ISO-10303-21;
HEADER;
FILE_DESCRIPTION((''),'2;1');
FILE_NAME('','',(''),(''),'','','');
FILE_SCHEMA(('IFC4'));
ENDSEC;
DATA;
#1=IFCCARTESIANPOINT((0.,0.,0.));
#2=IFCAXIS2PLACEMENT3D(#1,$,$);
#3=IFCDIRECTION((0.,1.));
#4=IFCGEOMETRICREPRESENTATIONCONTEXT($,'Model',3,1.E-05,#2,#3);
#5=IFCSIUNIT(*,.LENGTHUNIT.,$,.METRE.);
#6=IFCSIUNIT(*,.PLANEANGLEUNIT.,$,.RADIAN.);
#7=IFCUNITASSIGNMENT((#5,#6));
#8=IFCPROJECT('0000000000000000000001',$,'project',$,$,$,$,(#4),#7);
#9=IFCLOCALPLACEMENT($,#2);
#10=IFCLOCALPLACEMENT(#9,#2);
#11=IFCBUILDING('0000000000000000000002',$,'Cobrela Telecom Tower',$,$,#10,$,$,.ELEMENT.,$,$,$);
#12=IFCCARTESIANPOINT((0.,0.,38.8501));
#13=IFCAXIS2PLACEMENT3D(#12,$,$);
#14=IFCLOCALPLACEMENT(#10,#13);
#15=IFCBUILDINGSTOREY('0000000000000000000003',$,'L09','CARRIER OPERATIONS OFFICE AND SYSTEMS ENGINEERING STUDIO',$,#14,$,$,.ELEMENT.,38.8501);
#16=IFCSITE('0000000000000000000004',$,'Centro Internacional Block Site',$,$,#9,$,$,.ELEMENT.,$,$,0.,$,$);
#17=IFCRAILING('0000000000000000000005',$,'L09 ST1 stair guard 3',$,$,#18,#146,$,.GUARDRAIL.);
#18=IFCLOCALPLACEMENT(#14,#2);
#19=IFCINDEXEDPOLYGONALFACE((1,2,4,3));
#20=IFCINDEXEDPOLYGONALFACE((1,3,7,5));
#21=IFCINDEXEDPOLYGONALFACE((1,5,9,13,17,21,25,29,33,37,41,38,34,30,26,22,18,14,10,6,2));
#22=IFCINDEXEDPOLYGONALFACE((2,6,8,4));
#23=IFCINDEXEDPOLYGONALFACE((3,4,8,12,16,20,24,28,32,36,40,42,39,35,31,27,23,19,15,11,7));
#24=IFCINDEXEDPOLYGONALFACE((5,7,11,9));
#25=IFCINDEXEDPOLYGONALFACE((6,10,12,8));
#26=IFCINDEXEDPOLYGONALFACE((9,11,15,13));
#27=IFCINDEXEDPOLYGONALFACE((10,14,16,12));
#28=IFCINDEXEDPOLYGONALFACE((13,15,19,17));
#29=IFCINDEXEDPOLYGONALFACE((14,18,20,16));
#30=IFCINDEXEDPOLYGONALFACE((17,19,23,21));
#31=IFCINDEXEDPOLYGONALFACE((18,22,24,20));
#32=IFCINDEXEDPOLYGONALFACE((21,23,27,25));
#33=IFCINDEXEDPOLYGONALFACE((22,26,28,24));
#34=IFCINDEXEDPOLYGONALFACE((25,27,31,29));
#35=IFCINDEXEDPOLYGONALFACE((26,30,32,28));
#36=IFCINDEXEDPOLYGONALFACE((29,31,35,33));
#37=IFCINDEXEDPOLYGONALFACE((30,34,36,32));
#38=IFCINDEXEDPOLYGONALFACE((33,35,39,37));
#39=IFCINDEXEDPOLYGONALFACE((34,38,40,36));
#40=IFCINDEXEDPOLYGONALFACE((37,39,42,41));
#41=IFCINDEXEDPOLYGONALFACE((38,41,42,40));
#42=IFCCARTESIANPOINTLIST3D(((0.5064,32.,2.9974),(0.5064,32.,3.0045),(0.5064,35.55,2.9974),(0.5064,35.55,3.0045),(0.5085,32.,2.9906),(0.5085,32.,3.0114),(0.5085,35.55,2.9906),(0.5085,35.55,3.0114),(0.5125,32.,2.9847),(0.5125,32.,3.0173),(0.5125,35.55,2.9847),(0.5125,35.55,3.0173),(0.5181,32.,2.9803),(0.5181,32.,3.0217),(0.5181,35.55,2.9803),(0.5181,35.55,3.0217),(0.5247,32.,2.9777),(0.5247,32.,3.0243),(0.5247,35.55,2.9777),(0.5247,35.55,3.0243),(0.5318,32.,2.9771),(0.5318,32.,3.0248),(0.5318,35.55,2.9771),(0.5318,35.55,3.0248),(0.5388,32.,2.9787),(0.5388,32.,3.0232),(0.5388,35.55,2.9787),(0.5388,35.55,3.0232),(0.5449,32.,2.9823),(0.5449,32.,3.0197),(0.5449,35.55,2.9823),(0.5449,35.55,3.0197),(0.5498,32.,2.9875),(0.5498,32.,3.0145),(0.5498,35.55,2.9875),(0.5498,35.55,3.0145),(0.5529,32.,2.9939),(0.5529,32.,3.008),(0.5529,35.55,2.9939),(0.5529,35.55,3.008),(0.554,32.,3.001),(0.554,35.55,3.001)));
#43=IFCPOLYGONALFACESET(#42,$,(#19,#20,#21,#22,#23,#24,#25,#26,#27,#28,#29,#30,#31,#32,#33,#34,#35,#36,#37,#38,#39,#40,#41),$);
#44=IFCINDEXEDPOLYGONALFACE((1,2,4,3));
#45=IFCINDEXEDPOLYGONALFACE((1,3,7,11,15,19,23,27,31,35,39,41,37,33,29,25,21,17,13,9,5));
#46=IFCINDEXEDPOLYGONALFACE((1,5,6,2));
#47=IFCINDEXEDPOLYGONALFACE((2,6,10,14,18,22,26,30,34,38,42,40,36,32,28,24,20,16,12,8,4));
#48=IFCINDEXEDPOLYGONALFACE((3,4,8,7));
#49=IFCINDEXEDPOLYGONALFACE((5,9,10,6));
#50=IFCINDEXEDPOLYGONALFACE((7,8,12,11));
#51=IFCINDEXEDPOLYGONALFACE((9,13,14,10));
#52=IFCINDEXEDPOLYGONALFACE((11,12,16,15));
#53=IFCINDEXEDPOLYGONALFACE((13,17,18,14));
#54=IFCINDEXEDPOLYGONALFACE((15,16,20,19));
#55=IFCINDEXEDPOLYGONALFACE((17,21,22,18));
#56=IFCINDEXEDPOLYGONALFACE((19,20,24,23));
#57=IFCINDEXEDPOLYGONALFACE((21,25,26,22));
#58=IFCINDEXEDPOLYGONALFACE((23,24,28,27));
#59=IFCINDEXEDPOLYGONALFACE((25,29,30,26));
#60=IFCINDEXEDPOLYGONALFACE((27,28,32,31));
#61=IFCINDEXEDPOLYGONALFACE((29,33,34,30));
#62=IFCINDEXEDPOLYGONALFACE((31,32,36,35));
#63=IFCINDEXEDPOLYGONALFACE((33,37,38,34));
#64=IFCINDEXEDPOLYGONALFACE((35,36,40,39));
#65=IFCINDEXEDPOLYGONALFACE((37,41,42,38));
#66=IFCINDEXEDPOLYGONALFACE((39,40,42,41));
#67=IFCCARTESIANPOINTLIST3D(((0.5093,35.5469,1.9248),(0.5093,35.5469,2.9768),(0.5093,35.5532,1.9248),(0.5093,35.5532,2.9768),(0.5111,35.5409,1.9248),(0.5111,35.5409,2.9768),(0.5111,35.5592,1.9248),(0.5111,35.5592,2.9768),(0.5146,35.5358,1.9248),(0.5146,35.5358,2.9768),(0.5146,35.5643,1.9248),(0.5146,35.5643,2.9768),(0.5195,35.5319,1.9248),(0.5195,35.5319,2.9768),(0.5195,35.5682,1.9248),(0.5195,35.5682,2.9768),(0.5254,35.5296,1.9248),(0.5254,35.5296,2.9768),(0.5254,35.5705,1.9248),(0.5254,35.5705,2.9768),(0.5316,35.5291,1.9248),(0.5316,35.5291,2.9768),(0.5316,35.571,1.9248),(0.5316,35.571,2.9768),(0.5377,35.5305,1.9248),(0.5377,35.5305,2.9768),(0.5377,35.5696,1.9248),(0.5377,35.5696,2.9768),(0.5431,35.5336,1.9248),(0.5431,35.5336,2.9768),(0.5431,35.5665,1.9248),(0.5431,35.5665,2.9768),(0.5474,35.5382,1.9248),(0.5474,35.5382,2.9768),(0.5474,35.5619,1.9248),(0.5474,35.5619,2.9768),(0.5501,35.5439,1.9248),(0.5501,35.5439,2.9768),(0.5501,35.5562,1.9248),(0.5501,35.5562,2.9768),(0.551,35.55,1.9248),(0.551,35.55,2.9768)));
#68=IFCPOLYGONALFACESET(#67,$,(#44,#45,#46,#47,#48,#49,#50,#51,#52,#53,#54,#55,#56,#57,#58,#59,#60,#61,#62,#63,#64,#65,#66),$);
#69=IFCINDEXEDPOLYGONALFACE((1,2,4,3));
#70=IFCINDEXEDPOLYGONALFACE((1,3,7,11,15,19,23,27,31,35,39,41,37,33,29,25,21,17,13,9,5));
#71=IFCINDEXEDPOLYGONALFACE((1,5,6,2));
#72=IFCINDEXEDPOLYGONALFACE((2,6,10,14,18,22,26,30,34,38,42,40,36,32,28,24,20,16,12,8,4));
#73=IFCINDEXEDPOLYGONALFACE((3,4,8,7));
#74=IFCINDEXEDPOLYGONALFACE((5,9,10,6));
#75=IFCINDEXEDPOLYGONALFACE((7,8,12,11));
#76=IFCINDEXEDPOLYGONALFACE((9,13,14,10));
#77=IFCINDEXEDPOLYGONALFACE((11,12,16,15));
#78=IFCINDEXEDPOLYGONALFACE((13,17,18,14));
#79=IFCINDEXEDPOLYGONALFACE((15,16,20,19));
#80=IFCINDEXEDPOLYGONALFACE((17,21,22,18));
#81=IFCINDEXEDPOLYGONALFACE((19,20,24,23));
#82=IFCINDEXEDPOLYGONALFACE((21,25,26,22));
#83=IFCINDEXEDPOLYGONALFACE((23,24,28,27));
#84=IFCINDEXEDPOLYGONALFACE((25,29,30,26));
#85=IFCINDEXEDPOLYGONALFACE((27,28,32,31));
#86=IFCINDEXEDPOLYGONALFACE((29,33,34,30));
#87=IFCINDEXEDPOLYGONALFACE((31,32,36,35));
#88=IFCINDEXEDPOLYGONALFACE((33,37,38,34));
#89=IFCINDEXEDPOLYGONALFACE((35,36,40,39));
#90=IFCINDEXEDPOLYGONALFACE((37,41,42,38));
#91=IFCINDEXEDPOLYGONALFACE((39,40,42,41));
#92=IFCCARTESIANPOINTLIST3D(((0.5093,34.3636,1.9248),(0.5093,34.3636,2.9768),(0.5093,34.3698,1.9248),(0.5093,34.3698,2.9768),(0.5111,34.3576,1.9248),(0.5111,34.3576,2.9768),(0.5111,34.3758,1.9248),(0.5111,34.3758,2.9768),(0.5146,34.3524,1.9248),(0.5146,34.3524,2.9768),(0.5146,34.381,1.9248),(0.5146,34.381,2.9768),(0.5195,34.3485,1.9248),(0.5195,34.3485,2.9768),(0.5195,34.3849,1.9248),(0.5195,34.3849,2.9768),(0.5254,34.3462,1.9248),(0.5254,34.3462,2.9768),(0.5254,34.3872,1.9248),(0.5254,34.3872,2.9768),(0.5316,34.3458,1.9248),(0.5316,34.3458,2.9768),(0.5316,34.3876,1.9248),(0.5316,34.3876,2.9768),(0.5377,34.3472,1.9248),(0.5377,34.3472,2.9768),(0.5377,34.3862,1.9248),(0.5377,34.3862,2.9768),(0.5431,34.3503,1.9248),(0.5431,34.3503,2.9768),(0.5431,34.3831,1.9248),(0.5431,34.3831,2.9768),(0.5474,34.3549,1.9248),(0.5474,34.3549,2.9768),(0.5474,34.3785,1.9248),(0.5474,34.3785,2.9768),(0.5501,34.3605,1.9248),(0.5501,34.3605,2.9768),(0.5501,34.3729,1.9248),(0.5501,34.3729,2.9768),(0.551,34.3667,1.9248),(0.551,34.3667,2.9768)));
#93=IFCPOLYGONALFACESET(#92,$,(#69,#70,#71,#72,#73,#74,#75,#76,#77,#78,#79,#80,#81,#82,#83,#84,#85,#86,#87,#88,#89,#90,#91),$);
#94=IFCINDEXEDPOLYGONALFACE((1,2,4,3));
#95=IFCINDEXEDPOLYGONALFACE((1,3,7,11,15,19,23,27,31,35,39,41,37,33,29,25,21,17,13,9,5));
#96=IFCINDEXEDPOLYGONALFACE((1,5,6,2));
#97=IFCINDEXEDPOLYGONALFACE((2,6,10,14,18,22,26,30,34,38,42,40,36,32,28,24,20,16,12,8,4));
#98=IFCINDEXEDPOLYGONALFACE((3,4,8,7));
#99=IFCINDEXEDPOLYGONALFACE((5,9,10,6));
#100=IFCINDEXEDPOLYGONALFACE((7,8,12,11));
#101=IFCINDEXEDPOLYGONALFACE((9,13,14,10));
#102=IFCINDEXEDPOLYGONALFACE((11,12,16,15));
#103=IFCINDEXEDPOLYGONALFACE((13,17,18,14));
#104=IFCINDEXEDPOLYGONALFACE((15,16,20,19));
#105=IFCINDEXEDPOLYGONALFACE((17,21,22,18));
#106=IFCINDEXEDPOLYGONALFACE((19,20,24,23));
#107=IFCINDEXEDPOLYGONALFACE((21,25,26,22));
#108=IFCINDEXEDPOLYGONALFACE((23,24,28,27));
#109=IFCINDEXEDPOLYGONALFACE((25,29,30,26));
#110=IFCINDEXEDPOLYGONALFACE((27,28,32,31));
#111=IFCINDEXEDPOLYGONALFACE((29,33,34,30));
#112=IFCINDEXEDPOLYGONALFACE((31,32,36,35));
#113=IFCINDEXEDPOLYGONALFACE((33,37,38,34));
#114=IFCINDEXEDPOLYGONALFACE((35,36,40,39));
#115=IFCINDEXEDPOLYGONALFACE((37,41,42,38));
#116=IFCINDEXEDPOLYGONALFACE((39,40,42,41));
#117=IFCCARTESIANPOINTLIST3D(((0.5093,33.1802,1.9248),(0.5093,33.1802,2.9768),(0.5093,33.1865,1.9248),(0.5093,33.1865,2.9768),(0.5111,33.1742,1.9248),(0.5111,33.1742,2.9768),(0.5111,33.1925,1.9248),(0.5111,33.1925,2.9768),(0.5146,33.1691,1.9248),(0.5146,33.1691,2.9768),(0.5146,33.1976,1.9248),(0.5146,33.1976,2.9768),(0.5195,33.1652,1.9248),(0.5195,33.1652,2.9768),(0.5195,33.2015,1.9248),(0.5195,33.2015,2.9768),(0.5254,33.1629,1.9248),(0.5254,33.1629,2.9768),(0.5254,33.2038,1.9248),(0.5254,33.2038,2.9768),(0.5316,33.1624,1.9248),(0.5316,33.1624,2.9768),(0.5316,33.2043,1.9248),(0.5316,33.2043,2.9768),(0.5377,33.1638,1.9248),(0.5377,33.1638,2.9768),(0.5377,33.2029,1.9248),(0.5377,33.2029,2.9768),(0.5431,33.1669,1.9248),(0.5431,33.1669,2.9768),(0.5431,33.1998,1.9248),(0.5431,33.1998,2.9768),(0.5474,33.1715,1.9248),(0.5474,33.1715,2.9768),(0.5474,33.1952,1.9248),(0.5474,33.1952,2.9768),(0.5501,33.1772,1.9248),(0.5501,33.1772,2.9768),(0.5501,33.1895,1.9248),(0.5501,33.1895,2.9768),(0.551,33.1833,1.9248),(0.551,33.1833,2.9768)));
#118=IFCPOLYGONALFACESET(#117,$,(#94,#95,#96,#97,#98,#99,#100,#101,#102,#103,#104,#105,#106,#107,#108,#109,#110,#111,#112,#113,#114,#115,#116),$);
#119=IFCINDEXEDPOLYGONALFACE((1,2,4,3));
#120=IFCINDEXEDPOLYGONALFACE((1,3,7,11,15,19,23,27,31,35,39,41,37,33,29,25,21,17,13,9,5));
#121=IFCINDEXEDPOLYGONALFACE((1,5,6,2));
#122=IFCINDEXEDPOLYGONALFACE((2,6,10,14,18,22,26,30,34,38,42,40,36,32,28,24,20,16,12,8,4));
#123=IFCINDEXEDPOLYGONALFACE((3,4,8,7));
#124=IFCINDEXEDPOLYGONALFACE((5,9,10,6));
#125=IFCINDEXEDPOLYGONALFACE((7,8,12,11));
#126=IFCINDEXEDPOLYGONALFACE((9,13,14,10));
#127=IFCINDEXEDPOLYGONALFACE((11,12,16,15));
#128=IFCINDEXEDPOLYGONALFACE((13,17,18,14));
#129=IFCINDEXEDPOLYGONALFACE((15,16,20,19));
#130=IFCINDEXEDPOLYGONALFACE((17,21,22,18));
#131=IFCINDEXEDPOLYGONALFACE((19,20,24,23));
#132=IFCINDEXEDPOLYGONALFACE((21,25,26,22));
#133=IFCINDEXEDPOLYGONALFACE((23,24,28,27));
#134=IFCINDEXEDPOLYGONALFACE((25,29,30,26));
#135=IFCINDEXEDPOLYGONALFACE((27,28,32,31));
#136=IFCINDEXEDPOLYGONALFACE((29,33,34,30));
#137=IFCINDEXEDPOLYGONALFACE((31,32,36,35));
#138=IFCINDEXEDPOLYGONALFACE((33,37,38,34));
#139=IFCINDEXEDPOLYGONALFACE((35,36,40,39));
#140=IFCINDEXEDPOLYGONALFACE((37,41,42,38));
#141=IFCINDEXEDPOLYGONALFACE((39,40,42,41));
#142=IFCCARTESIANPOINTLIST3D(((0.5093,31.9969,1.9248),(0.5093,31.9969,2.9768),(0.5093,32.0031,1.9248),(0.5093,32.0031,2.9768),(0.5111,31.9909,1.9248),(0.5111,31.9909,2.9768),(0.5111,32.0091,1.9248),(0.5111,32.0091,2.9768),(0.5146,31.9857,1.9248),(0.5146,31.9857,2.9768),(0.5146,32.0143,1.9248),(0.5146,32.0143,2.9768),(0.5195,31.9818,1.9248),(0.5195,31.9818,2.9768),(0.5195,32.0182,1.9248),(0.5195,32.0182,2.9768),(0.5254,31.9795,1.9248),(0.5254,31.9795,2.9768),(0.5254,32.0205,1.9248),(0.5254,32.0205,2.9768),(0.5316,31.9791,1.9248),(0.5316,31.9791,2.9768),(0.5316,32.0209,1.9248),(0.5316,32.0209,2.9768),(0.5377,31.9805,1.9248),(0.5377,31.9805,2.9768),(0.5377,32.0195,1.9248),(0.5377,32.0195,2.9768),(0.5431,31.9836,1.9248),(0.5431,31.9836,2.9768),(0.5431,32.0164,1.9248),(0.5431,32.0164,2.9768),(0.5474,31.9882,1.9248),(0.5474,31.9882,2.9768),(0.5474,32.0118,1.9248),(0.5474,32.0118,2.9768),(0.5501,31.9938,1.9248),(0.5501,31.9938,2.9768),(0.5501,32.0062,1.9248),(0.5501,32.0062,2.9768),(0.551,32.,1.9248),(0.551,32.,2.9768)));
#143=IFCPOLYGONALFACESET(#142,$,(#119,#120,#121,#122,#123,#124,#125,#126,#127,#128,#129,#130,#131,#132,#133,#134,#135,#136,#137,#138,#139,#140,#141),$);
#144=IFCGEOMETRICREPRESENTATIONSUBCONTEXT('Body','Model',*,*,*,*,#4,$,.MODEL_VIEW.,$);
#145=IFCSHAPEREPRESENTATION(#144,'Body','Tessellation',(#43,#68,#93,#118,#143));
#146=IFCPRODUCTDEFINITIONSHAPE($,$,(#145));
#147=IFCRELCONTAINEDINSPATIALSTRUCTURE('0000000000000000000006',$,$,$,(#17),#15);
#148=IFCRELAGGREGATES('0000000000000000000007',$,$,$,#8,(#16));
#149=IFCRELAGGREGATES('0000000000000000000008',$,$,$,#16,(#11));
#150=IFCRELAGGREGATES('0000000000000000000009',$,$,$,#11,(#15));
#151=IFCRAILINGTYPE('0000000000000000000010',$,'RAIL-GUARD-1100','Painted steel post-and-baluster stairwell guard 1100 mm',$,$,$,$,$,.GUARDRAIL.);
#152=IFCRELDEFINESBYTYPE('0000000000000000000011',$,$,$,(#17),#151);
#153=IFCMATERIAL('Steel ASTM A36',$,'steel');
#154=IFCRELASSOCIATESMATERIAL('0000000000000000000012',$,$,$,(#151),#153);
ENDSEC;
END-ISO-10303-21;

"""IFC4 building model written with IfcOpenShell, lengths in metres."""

from ifc_helpers import new_model, si_unit, direction, frame, origin, origin_2d, place, context, subcontext, project, spatial, circle, extrude, material, type_object, element, save


model = new_model("IFC4")

# Units and contexts
model_context = context("Model", 3, precision=1e-05, world=origin(), true_north=direction((0.0, 1.0)))
body_context = subcontext(model_context, "Body", "Model", "MODEL_VIEW")
ifc_project = project(units=[si_unit("LENGTHUNIT", "METRE"), si_unit("PLANEANGLEUNIT", "RADIAN")], contexts=[model_context])

# Site, building, storey
site_placement = place(None, origin())
site = spatial("IfcSite", under=ifc_project, at=site_placement, Name="Centro Internacional Block Site", CompositionType="ELEMENT", RefElevation=0.0)
building_placement = place(site_placement, origin())
building = spatial("IfcBuilding", under=site, at=building_placement, Name="Cobrela Telecom Tower", CompositionType="ELEMENT")
storey_placement = place(building_placement, frame((0.0, 0.0, 38.8501)))
storey = spatial("IfcBuildingStorey", under=building, at=storey_placement, Name="L09", Description="CARRIER OPERATIONS OFFICE AND SYSTEMS ENGINEERING STUDIO", CompositionType="ELEMENT", Elevation=38.8501)

# Shared definitions
ifc_material_1 = material(Name="Steel ASTM A36", Category="steel")

# Railing
railing_type_1 = type_object("IfcRailingType", Name="RAIL-GUARD-1100", Description="Painted steel post-and-baluster stairwell guard 1100 mm", PredefinedType="GUARDRAIL", material=ifc_material_1)
railing_1_placement = place(storey_placement, frame((0.53, 35.55, 1.9248)))
element("IfcRailing", 1, at=railing_1_placement, inside=storey, type_object=railing_type_1, Name="L09 ST1 stair guard 3", PredefinedType="GUARDRAIL", context=body_context, shape_type="SweptSolid", body=[
    extrude(circle(Radius=0.0239, at=origin_2d()), frame((0.0, 0.0, 1.0762), z_axis=(0.0, -1.0, 0.0), x_axis=(1.0, 0.0, 0.0)), (0.0, 0.0, 1.0), 3.55),
    extrude(circle(Radius=0.021, at=origin_2d()), origin(), (0.0, 0.0, 1.0), 1.052),
    extrude(circle(Radius=0.021, at=origin_2d()), frame((0.0, -1.1833, 0.0)), (0.0, 0.0, 1.0), 1.052),
    extrude(circle(Radius=0.021, at=origin_2d()), frame((0.0, -2.3667, 0.0)), (0.0, 0.0, 1.0), 1.052),
    extrude(circle(Radius=0.021, at=origin_2d()), frame((0.0, -3.55, 0.0)), (0.0, 0.0, 1.0), 1.052),
])

save(model, "model.ifc")
